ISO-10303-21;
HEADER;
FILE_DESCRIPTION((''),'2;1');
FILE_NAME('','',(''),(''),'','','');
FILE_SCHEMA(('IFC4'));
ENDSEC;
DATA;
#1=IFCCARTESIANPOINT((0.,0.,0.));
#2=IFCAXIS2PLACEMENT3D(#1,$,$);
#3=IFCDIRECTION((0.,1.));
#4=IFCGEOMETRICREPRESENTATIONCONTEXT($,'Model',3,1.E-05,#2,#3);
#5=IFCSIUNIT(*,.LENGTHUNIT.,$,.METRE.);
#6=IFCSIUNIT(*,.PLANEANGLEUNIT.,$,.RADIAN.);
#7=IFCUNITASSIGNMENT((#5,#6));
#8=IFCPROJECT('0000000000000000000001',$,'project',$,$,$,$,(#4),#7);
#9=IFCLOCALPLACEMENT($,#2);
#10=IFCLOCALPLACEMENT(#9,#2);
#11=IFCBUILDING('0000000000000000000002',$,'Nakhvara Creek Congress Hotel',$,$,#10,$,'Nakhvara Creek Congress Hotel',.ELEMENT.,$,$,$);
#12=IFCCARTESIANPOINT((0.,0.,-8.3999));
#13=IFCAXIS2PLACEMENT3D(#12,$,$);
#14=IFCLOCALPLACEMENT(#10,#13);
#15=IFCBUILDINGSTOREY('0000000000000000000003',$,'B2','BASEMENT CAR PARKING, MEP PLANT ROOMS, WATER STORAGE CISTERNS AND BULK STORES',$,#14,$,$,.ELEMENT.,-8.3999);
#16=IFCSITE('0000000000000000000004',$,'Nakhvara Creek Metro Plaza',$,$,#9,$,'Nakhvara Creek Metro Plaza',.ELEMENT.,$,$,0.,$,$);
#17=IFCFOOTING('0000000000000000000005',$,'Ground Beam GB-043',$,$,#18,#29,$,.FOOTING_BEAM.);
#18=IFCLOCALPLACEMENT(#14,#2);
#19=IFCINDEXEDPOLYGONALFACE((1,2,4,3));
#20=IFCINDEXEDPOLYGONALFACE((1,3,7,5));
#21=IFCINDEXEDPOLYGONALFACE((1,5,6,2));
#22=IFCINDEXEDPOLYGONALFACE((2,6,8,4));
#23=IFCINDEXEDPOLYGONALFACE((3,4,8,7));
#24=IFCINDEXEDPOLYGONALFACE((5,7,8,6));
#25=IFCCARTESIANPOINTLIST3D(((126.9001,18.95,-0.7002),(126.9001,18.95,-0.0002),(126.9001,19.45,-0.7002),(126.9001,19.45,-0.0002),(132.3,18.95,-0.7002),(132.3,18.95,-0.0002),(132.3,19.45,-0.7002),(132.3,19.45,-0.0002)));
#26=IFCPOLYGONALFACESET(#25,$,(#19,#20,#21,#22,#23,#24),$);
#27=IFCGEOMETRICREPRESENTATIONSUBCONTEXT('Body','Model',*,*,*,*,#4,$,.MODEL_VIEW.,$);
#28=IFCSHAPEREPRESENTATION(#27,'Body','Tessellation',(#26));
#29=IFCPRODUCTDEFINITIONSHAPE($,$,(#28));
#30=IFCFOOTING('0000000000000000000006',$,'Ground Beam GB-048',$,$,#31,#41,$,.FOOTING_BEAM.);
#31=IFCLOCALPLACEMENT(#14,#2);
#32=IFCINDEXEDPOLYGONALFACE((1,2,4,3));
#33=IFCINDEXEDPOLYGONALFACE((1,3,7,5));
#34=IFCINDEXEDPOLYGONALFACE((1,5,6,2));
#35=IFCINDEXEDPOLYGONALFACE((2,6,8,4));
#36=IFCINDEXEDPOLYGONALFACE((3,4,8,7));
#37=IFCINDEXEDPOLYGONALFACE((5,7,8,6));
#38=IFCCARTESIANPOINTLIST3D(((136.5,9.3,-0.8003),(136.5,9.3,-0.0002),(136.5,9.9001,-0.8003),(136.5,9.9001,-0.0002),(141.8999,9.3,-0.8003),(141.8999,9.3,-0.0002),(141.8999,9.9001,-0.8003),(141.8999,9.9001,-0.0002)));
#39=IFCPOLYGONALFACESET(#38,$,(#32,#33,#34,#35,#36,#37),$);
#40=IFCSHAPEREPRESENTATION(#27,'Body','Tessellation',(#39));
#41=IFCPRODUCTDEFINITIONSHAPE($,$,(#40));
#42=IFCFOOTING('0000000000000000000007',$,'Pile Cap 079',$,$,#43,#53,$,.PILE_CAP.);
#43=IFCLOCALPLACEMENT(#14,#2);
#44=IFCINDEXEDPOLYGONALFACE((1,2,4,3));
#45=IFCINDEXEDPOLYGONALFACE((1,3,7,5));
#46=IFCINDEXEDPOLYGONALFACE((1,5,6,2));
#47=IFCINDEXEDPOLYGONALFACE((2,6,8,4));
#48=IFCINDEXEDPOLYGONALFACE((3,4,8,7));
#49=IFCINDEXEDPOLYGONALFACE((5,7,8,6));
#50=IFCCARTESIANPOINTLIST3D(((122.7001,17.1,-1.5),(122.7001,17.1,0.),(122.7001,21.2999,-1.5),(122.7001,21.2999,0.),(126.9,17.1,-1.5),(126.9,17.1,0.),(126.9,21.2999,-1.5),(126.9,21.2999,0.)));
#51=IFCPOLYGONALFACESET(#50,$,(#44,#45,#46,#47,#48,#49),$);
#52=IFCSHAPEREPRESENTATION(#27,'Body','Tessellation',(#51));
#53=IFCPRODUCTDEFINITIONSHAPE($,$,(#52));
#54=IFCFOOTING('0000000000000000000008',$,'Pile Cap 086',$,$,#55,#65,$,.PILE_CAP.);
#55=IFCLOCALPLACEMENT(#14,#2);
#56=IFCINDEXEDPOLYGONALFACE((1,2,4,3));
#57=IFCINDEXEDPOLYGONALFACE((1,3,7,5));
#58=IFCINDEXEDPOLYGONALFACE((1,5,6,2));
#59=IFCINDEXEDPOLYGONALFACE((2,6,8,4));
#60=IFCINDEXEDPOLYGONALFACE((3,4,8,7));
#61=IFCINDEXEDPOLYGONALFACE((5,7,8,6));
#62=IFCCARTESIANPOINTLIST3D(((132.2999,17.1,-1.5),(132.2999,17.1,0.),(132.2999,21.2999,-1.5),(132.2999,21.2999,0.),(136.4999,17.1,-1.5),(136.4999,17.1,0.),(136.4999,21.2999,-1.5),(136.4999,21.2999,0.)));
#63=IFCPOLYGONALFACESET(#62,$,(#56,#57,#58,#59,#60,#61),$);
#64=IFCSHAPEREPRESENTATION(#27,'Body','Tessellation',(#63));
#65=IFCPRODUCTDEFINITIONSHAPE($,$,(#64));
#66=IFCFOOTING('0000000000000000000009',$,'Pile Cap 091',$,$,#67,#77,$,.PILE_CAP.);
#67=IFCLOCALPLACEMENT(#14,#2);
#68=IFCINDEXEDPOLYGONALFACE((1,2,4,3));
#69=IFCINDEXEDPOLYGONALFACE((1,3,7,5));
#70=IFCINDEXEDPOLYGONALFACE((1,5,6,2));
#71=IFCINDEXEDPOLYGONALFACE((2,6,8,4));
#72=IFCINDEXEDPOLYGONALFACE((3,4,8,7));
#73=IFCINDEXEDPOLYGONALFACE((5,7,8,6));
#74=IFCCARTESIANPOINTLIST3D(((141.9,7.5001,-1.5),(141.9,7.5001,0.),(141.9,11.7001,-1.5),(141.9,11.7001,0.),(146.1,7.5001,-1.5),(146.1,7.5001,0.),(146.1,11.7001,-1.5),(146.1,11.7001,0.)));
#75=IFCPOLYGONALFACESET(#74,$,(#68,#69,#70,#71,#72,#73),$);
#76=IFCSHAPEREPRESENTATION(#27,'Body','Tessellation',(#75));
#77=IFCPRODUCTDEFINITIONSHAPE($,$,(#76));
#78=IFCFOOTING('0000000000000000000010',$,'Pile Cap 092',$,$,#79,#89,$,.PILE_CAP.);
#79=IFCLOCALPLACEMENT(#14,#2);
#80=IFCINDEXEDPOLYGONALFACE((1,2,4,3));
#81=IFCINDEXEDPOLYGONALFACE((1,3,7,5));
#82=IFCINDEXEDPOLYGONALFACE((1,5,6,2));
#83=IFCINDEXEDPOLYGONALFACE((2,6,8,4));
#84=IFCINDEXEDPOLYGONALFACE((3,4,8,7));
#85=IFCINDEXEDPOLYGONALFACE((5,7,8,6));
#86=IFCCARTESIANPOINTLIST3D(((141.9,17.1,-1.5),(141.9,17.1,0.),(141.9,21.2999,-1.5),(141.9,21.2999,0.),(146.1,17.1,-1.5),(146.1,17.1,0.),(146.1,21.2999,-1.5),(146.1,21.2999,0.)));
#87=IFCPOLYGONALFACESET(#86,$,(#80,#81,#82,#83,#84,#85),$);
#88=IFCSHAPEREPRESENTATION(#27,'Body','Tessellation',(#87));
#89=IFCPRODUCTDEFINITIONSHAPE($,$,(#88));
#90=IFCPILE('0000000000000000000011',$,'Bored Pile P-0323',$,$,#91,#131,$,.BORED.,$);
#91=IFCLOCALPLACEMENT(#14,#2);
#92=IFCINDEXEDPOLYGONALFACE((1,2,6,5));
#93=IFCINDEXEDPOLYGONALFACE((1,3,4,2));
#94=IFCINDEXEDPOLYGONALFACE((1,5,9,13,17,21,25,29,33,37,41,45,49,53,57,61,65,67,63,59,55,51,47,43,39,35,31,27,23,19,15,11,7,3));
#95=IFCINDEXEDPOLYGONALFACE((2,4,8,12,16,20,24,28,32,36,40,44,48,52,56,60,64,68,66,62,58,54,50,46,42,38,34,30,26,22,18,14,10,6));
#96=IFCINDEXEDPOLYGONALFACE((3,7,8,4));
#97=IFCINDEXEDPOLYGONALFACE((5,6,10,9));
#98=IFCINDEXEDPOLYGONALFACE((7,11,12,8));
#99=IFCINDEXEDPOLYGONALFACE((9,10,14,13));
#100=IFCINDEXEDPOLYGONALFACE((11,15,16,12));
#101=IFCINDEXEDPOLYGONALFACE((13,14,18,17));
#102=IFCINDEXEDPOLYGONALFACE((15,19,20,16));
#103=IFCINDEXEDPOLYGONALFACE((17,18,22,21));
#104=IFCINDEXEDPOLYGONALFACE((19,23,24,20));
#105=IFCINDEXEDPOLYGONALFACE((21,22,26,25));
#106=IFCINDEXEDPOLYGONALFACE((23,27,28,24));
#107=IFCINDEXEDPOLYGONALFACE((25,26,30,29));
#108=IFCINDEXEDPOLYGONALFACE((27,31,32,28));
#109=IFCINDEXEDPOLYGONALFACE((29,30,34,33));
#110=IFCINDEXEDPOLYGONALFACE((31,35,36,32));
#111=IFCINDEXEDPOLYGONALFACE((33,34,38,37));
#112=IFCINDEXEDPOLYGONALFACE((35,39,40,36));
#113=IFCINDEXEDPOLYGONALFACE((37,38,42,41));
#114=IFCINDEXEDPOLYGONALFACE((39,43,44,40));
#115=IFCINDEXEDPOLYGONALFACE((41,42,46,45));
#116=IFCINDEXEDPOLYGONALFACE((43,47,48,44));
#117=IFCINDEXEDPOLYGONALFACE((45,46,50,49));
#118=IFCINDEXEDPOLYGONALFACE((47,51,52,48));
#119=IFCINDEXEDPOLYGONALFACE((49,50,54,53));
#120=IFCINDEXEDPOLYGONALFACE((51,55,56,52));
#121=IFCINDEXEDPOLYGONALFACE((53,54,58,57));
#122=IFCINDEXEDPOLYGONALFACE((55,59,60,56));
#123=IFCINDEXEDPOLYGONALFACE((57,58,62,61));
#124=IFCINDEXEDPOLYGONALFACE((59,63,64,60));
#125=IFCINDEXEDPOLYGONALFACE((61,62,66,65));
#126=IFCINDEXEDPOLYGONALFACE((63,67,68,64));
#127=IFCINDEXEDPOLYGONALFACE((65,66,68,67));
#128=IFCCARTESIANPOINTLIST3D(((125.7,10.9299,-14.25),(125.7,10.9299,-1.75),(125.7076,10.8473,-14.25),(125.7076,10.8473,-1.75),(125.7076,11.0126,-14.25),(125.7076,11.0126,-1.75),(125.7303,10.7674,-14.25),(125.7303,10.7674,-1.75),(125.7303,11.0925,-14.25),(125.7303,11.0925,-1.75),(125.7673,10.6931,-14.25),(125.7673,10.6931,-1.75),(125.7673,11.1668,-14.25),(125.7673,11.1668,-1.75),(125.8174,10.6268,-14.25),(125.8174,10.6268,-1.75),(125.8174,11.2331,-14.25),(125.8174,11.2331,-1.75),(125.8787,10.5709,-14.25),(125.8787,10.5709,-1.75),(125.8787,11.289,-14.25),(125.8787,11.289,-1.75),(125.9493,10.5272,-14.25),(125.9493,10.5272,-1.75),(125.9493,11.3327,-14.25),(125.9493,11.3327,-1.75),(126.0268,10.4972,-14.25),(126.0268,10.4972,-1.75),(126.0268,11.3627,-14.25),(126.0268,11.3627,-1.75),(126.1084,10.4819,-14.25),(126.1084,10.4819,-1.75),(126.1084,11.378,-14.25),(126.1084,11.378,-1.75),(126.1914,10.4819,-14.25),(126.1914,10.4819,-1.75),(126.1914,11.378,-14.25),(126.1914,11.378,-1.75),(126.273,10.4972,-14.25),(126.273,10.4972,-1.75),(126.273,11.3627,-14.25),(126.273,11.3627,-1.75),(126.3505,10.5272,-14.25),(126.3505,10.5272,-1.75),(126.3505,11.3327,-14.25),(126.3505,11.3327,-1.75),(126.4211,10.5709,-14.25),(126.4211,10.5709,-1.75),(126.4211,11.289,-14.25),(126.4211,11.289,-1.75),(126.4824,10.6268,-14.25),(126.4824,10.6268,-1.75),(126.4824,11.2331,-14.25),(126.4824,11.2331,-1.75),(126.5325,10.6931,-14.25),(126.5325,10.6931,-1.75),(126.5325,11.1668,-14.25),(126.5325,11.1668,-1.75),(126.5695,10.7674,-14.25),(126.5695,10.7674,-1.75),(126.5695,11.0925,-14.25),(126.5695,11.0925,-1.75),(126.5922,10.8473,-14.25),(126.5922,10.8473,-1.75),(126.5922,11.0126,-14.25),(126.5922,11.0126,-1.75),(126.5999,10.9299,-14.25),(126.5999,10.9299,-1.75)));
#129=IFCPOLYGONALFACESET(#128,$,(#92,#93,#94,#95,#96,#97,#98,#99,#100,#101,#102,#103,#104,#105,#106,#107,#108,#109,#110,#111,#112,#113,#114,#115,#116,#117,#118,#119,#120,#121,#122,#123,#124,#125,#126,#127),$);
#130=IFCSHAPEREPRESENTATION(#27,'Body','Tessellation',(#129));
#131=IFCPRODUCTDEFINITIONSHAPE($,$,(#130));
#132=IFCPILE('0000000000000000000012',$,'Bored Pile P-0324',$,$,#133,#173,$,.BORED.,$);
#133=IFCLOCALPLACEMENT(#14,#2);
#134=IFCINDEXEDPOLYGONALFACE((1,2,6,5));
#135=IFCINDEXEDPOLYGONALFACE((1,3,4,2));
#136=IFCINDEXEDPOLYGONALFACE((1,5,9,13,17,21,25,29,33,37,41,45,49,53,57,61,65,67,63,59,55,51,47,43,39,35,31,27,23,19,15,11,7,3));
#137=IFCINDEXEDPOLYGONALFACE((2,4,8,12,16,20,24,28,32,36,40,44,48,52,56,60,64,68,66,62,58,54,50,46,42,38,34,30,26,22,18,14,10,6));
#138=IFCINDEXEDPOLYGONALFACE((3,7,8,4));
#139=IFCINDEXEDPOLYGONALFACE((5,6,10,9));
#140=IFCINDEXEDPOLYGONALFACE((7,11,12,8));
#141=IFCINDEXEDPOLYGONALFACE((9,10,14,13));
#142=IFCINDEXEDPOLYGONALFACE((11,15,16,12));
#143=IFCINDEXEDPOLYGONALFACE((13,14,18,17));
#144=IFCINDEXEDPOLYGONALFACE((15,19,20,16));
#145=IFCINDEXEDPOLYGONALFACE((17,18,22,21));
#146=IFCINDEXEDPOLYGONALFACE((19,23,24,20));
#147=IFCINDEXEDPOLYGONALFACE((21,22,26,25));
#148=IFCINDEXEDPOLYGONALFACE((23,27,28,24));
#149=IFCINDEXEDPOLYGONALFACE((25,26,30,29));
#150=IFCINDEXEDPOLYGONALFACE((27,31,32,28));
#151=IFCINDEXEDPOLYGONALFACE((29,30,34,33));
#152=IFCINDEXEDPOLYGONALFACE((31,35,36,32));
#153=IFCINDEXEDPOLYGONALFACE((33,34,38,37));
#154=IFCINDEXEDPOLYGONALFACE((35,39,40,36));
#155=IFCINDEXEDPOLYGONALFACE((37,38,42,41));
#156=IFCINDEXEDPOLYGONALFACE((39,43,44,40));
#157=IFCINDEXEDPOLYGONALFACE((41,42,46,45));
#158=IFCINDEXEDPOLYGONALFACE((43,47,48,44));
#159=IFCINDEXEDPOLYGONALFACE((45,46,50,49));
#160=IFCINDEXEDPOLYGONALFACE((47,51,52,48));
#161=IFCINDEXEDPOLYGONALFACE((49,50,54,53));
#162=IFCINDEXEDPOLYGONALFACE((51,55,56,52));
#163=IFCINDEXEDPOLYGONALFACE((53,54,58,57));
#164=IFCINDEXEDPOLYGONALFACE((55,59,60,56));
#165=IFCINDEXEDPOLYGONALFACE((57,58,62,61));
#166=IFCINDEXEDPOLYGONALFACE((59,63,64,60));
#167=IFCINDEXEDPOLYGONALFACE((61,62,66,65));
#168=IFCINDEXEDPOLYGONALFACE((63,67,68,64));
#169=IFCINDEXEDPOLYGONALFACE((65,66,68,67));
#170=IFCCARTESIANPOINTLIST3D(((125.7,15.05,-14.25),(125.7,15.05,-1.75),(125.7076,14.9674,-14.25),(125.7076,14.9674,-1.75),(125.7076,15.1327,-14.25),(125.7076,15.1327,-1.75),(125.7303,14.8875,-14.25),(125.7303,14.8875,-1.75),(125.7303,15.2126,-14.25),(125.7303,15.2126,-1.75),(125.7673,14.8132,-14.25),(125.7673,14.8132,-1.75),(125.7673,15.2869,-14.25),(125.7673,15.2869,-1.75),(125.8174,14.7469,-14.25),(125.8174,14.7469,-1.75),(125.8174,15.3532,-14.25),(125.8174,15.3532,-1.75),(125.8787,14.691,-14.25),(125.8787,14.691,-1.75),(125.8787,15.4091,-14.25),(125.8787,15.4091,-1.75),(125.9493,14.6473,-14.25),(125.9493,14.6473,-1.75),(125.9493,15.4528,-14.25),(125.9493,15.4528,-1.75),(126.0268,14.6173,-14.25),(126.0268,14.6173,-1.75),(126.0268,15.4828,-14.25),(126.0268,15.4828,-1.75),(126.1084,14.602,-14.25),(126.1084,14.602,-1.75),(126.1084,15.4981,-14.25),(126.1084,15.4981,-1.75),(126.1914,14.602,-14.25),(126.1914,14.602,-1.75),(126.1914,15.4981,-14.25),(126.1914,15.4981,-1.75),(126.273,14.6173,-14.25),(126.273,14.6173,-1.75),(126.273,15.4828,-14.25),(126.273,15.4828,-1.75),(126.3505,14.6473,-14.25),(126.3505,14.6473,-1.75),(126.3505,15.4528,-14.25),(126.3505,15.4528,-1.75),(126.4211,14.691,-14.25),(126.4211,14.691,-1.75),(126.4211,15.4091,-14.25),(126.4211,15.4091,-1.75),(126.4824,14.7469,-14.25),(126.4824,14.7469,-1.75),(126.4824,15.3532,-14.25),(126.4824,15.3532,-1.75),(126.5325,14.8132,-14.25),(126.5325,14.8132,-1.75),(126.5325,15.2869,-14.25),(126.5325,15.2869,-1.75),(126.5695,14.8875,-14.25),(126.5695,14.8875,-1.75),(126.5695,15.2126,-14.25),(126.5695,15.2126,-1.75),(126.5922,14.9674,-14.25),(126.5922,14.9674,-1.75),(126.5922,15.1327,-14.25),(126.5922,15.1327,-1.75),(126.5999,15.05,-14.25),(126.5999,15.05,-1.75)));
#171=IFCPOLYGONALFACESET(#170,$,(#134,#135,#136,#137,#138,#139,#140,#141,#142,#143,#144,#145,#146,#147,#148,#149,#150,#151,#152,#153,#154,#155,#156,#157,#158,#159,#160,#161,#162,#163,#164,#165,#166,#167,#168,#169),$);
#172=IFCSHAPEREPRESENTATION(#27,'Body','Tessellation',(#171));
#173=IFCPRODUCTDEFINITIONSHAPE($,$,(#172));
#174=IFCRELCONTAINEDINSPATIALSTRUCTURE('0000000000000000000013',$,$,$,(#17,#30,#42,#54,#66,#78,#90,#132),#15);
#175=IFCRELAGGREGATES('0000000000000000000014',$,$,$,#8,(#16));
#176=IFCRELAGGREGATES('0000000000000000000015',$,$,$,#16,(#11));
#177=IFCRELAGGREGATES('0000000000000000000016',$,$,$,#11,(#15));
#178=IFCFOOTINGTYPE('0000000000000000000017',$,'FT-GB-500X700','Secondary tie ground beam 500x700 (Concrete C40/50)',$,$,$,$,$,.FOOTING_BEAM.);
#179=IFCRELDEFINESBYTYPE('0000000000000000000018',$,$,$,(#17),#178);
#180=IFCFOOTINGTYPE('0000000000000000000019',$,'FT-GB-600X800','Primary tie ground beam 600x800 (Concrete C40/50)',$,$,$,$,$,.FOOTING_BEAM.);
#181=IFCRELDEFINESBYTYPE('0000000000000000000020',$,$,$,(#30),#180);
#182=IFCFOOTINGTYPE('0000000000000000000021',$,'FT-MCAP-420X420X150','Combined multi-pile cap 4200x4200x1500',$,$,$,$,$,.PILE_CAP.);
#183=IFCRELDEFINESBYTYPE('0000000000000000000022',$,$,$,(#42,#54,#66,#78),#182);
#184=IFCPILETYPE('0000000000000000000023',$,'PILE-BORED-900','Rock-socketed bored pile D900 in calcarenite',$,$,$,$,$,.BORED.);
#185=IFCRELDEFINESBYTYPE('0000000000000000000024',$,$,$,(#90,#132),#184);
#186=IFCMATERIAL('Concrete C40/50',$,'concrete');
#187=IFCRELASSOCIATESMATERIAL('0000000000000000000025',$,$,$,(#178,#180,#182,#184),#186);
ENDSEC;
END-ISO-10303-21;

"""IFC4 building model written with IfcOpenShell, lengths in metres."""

from ifc_helpers import new_model, si_unit, direction, frame, origin, origin_2d, place, context, subcontext, project, spatial, rectangle, circle, extrude, material, material_profile, profile_set, type_object, element, save


model = new_model("IFC4")

# Units and contexts
model_context = context("Model", 3, precision=1e-05, world=origin(), true_north=direction((0.0, 1.0)))
body_context = subcontext(model_context, "Body", "Model", "MODEL_VIEW")
ifc_project = project(units=[si_unit("LENGTHUNIT", "METRE"), si_unit("PLANEANGLEUNIT", "RADIAN")], contexts=[model_context])

# Site, building, storey
site_placement = place(None, origin())
site = spatial("IfcSite", under=ifc_project, at=site_placement, Name="Nakhvara Creek Metro Plaza", LongName="Nakhvara Creek Metro Plaza", CompositionType="ELEMENT", RefElevation=0.0)
building_placement = place(site_placement, origin())
building = spatial("IfcBuilding", under=site, at=building_placement, Name="Nakhvara Creek Congress Hotel", LongName="Nakhvara Creek Congress Hotel", CompositionType="ELEMENT")
storey_placement = place(building_placement, frame((0.0, 0.0, -8.3999)))
storey = spatial("IfcBuildingStorey", under=building, at=storey_placement, Name="B2", Description="BASEMENT CAR PARKING, MEP PLANT ROOMS, WATER STORAGE CISTERNS AND BULK STORES", CompositionType="ELEMENT", Elevation=-8.3999)

# Footings
ifc_material_1 = material(Name="Concrete C40/50", Category="concrete")
footing_type_1 = type_object("IfcFootingType", Name="FT-GB-500X700", Description="Secondary tie ground beam 500x700 (Concrete C40/50)", PredefinedType="FOOTING_BEAM", material=ifc_material_1)
footing_1_placement = place(storey_placement, frame((129.6001, 19.2, -0.7002), z_axis=(0.0, 0.0, 1.0), x_axis=(1.0, 0.0, 0.0)))
element("IfcFooting", 1, at=footing_1_placement, inside=storey, type_object=footing_type_1, Name="Ground Beam GB-043", PredefinedType="FOOTING_BEAM", context=body_context, shape_type="SweptSolid", body=[
    extrude(rectangle(XDim=5.3999, YDim=0.5, at=origin_2d()), origin(), (0.0, 0.0, 1.0), 0.7),
])
footing_type_2 = type_object("IfcFootingType", Name="FT-GB-600X800", Description="Primary tie ground beam 600x800 (Concrete C40/50)", PredefinedType="FOOTING_BEAM", material=ifc_material_1)
footing_2_placement = place(storey_placement, frame((139.2, 9.6001, -0.8003), z_axis=(0.0, 0.0, 1.0), x_axis=(1.0, 0.0, 0.0)))
element("IfcFooting", 2, at=footing_2_placement, inside=storey, type_object=footing_type_2, Name="Ground Beam GB-048", PredefinedType="FOOTING_BEAM", context=body_context, shape_type="SweptSolid", body=[
    extrude(rectangle(XDim=5.3999, YDim=0.6001, at=origin_2d()), origin(), (0.0, 0.0, 1.0), 0.8),
])
footing_type_3 = type_object("IfcFootingType", Name="FT-MCAP-420X420X150", Description="Combined multi-pile cap 4200x4200x1500", PredefinedType="PILE_CAP", material=ifc_material_1)
for number, where, z_axis, x_axis, name in (
    (3, (124.8, 19.2, -1.5), (0.0, 0.0, 1.0), (1.0, 0.0, 0.0), "Pile Cap 079"),
    (4, (134.3999, 19.2, -1.5), (0.0, 0.0, 1.0), (1.0, 0.0, 0.0), "Pile Cap 086"),
    (5, (144.0, 9.6001, -1.5), (0.0, 0.0, 1.0), (1.0, 0.0, 0.0), "Pile Cap 091"),
    (6, (144.0, 19.2, -1.5), (0.0, 0.0, 1.0), (1.0, 0.0, 0.0), "Pile Cap 092"),
):
    element("IfcFooting", number, at=place(storey_placement, frame(where, z_axis=z_axis, x_axis=x_axis)), inside=storey, type_object=footing_type_3, Name=name, PredefinedType="PILE_CAP", context=body_context, shape_type="SweptSolid", body=[
        extrude(rectangle(XDim=4.2, YDim=4.2, at=origin_2d()), origin(), (0.0, 0.0, 1.0), 1.5),
    ])

# Piles
ifc_material_profile_1 = material_profile(ifc_material_1, circle(Radius=0.45, at=origin_2d()), Name="BORED PILE D900", Category="LoadBearing")
ifc_profile_set_1 = profile_set([ifc_material_profile_1], Name="Concrete C40/50")
pile_type = type_object("IfcPileType", Name="PILE-BORED-900", Description="Rock-socketed bored pile D900 in calcarenite", PredefinedType="BORED", material=ifc_profile_set_1)
for number, where, z_axis, x_axis, name in (
    (7, (126.1499, 10.9299, -1.75), (0.0, 0.0, -1.0), (1.0, 0.0, 0.0), "Bored Pile P-0323"),
    (8, (126.1499, 15.05, -1.75), (0.0, 0.0, -1.0), (1.0, 0.0, 0.0), "Bored Pile P-0324"),
):
    element("IfcPile", number, at=place(storey_placement, frame(where, z_axis=z_axis, x_axis=x_axis)), inside=storey, type_object=pile_type, Name=name, PredefinedType="BORED", context=body_context, shape_type="SweptSolid", body=[
        extrude(circle(Radius=0.45, at=origin_2d()), origin(), (0.0, 0.0, 1.0), 12.5),
    ])

save(model, "model.ifc")
